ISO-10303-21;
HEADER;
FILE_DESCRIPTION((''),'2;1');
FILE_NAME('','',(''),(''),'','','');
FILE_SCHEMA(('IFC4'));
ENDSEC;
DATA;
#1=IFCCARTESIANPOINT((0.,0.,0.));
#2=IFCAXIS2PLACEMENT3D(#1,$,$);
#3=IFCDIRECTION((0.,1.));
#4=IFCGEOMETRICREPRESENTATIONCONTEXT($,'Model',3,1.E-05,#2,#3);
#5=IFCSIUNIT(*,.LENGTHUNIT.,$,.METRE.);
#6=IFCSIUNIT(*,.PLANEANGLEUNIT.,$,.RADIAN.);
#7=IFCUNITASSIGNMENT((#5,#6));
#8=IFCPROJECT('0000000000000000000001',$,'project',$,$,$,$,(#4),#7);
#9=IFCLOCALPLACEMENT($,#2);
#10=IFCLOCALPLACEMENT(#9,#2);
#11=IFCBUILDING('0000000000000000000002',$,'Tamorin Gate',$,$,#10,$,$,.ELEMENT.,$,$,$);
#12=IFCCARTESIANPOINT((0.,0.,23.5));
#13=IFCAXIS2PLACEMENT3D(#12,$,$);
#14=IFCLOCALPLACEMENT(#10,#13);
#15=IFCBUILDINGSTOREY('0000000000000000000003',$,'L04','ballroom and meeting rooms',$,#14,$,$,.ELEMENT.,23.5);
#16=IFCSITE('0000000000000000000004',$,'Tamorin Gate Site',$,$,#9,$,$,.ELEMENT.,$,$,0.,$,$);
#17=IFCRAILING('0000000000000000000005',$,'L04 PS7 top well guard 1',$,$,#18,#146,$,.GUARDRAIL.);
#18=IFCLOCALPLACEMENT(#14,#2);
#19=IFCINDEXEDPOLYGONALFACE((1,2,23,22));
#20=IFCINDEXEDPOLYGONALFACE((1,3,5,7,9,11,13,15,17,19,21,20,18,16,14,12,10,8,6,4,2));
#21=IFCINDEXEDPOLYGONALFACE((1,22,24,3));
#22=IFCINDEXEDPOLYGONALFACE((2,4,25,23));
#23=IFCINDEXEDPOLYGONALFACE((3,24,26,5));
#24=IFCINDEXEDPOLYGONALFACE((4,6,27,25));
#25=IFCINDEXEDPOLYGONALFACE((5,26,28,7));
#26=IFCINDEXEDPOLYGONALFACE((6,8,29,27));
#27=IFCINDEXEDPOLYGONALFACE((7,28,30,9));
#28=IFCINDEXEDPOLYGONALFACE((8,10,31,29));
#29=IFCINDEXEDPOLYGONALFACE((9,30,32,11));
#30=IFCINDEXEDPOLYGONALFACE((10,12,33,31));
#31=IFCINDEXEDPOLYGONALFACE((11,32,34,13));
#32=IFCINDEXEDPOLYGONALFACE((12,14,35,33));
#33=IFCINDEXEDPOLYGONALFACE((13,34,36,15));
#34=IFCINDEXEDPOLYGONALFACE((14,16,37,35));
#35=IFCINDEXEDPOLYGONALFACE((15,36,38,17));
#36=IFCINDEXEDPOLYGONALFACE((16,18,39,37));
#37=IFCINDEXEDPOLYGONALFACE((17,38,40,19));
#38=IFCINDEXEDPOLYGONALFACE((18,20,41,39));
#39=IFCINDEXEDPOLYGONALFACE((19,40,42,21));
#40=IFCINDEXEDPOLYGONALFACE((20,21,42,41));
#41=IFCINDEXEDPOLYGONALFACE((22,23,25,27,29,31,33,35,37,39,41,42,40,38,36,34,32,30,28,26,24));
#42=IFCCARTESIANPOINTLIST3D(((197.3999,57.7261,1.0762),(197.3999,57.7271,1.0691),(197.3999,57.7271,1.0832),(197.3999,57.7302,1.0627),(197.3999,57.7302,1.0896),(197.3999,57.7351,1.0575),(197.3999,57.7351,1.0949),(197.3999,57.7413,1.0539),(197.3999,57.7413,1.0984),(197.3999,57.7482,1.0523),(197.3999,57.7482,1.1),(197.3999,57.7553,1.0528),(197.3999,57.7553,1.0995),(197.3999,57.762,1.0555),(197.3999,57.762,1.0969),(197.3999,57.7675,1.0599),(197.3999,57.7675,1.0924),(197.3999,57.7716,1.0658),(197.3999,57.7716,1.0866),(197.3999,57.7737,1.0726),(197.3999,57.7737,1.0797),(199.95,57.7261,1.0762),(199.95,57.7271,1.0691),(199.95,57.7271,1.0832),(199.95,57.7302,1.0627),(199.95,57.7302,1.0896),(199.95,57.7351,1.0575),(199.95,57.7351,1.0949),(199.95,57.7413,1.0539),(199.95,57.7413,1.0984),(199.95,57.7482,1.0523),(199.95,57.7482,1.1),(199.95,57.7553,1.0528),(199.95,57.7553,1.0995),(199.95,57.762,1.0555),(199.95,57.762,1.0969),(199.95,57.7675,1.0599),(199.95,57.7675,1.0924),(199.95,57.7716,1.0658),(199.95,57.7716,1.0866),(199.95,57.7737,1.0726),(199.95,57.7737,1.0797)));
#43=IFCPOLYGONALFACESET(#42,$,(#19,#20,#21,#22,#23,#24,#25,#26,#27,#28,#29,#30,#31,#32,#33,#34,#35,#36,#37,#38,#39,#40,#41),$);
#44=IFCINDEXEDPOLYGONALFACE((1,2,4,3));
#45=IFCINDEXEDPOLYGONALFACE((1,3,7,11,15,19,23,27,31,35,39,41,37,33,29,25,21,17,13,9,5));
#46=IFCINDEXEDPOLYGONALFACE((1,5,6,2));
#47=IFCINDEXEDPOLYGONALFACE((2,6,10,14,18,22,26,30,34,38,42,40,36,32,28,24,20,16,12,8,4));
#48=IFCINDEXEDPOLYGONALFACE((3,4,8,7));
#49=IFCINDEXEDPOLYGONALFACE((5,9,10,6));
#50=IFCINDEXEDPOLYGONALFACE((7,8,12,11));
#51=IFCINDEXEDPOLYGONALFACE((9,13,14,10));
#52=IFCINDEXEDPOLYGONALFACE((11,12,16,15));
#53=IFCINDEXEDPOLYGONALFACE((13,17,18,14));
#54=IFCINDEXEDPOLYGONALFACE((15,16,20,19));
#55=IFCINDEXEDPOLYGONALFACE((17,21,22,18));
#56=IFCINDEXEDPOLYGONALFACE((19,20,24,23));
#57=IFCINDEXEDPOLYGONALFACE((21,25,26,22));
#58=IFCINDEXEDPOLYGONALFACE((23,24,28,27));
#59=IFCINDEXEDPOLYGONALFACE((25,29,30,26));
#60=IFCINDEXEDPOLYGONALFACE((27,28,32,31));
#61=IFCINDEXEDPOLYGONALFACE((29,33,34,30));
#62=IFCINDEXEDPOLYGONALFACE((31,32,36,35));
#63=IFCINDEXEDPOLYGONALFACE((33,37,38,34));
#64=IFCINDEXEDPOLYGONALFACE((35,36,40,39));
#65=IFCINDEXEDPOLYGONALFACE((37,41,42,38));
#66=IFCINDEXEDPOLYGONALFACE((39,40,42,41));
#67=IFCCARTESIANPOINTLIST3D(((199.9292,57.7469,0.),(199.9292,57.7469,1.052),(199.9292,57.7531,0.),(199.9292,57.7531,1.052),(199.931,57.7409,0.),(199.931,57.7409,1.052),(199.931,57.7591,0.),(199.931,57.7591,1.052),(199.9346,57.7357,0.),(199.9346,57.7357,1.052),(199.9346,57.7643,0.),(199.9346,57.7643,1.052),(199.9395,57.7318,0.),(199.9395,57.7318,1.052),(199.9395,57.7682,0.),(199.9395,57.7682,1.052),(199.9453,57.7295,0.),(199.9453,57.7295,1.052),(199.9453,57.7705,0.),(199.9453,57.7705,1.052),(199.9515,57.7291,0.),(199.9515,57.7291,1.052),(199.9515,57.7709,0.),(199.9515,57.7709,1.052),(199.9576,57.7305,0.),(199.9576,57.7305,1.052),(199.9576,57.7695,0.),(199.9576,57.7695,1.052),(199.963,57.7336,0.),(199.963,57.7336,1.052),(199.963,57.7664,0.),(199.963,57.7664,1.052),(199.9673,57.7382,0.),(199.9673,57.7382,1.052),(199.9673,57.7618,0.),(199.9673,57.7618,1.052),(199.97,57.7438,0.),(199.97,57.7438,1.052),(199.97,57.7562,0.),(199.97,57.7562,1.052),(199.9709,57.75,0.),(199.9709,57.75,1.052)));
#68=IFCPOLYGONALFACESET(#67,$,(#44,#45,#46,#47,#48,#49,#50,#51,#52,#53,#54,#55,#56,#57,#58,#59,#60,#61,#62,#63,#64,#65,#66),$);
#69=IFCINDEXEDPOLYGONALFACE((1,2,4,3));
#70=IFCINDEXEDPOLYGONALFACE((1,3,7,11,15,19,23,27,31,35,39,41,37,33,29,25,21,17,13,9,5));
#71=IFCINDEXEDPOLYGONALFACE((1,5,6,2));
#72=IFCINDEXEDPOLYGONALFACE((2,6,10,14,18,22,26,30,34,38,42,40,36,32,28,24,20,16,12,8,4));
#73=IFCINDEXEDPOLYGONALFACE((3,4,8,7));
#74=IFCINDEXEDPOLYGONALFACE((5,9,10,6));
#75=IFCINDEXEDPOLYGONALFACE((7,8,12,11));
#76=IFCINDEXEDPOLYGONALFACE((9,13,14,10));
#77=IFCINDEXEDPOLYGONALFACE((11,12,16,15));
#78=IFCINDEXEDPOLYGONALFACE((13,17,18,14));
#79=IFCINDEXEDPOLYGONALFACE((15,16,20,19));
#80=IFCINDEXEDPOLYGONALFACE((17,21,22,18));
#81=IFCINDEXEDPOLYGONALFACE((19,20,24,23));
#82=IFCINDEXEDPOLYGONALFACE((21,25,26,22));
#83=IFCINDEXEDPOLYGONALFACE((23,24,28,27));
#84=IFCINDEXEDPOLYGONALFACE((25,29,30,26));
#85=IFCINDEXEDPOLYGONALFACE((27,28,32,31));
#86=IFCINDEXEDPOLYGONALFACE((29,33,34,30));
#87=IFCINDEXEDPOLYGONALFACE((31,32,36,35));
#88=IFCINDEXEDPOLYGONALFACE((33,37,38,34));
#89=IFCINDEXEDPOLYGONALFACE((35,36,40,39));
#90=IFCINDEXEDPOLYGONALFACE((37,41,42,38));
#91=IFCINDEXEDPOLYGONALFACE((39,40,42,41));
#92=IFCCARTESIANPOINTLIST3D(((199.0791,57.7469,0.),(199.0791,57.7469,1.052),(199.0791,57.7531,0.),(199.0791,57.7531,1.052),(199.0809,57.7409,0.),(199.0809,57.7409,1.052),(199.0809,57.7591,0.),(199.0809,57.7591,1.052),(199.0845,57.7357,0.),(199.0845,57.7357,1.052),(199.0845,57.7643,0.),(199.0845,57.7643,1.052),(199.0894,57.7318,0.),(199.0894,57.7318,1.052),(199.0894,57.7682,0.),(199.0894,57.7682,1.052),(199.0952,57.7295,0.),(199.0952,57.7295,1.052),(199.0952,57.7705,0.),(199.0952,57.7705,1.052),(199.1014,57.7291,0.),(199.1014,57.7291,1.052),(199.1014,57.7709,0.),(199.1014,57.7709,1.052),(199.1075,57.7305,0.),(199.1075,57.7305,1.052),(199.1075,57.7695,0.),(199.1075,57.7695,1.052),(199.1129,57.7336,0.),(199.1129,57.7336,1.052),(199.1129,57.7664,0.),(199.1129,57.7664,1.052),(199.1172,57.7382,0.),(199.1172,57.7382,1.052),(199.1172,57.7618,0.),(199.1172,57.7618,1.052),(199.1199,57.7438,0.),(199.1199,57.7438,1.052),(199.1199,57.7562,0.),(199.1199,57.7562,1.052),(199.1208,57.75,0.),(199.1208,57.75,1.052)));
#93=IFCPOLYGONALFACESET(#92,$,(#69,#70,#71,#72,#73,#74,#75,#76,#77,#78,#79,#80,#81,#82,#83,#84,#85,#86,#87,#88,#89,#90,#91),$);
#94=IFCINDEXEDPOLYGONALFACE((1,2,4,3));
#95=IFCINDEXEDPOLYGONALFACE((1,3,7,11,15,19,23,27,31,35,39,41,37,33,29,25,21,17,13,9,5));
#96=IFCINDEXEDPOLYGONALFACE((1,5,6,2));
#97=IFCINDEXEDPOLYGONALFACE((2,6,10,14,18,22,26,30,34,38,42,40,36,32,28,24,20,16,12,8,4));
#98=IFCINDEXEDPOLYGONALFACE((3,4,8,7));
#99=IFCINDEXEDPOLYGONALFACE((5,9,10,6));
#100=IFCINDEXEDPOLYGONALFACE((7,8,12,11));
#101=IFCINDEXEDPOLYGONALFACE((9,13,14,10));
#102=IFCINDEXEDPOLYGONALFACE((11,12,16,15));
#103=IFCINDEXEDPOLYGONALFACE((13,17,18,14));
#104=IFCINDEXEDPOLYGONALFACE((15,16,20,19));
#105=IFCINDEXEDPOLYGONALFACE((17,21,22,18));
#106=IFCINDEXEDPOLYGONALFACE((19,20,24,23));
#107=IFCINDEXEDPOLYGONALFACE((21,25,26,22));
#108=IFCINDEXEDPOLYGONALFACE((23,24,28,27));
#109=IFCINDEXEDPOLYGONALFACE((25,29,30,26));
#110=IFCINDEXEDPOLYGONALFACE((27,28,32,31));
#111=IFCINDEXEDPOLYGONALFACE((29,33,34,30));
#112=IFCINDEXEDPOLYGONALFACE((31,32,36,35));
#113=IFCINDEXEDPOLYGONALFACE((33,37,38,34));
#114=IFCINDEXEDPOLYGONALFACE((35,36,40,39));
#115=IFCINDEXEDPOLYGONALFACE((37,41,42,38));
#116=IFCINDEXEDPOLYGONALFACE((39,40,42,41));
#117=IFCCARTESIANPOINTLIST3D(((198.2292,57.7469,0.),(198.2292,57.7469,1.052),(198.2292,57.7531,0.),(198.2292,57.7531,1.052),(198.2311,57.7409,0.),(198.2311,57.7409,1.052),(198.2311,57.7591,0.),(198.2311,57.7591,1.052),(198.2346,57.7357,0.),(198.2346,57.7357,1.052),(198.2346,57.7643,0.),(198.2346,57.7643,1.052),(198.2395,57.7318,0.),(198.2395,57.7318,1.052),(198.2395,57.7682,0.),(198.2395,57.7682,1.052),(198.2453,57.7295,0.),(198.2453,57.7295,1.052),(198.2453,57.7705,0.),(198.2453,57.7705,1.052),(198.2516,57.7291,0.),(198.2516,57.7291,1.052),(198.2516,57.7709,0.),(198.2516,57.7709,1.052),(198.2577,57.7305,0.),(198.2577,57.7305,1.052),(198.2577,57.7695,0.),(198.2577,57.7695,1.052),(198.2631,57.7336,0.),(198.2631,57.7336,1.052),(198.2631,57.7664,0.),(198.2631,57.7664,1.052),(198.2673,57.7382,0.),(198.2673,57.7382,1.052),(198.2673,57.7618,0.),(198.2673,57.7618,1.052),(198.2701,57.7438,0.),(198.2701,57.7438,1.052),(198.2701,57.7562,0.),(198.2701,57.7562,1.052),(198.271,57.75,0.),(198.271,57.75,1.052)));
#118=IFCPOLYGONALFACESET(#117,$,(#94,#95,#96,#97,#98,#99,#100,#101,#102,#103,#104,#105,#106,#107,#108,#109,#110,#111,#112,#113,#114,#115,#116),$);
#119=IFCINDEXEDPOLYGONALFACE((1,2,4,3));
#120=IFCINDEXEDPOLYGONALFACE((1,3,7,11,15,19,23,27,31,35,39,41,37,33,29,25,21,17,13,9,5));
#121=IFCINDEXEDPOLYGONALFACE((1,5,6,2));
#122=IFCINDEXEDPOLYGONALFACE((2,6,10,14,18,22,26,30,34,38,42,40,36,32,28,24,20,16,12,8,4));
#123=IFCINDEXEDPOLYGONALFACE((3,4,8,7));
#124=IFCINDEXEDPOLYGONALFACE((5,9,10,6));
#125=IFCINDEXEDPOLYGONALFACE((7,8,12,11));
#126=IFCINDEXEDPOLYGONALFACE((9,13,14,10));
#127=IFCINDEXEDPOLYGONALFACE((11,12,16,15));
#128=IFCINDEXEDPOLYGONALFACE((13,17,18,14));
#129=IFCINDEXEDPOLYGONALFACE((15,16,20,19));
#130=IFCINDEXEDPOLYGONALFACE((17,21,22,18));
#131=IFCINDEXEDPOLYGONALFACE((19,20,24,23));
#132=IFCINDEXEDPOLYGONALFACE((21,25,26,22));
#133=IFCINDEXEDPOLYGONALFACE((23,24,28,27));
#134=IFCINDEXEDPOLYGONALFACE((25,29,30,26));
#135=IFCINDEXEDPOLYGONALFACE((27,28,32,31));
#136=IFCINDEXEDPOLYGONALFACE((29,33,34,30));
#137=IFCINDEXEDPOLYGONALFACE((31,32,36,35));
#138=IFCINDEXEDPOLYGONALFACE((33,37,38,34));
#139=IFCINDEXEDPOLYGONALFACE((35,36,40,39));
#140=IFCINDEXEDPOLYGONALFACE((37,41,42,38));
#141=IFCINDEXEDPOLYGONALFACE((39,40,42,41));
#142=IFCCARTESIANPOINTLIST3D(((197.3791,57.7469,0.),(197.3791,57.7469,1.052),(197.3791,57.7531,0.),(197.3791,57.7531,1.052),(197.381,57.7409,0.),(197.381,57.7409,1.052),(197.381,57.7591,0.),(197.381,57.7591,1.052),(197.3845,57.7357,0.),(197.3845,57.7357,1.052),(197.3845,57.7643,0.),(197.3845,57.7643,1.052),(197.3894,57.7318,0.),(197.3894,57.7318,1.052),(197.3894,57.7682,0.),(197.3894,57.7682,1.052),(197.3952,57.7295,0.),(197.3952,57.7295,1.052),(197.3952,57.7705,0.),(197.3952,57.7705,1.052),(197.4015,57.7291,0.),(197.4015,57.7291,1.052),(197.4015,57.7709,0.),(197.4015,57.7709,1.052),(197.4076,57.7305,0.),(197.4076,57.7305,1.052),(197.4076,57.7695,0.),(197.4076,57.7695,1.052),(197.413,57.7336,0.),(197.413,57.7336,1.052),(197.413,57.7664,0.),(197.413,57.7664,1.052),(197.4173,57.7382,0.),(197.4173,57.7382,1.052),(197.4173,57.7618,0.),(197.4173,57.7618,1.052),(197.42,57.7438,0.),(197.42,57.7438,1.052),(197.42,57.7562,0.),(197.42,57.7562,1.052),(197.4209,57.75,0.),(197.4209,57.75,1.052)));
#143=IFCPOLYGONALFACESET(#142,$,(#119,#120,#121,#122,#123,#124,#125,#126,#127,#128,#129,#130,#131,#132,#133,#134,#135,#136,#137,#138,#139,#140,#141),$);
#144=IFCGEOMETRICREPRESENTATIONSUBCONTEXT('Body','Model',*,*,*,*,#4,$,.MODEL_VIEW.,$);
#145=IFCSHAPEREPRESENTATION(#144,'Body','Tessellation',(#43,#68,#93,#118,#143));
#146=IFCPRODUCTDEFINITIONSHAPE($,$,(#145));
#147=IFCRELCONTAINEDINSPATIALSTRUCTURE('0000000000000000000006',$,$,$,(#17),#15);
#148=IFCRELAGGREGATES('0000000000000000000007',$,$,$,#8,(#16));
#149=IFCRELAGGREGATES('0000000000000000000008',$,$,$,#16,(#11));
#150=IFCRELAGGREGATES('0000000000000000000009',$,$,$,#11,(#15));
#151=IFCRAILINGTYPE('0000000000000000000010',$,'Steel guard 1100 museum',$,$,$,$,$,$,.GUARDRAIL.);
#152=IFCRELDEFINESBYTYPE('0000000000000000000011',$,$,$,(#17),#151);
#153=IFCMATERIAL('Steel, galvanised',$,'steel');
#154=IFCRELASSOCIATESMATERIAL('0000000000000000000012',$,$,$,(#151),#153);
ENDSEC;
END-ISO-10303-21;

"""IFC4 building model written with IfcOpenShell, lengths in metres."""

from ifc_helpers import new_model, si_unit, direction, frame, origin, origin_2d, place, context, subcontext, project, spatial, circle, extrude, material, type_object, element, save


model = new_model("IFC4")

# Units and contexts
model_context = context("Model", 3, precision=1e-05, world=origin(), true_north=direction((0.0, 1.0)))
body_context = subcontext(model_context, "Body", "Model", "MODEL_VIEW")
ifc_project = project(units=[si_unit("LENGTHUNIT", "METRE"), si_unit("PLANEANGLEUNIT", "RADIAN")], contexts=[model_context])

# Site, building, storey
site_placement = place(None, origin())
site = spatial("IfcSite", under=ifc_project, at=site_placement, Name="Tamorin Gate Site", CompositionType="ELEMENT", RefElevation=0.0)
building_placement = place(site_placement, origin())
building = spatial("IfcBuilding", under=site, at=building_placement, Name="Tamorin Gate", CompositionType="ELEMENT")
storey_placement = place(building_placement, frame((0.0, 0.0, 23.5)))
storey = spatial("IfcBuildingStorey", under=building, at=storey_placement, Name="L04", Description="ballroom and meeting rooms", CompositionType="ELEMENT", Elevation=23.5)

# Railing
ifc_material_1 = material(Name="Steel, galvanised", Category="steel")
railing_type = type_object("IfcRailingType", Name="Steel guard 1100 museum", PredefinedType="GUARDRAIL", material=ifc_material_1)
railing_placement = place(storey_placement, frame((199.95, 57.75, 0.0)))
element("IfcRailing", 1, at=railing_placement, inside=storey, type_object=railing_type, Name="L04 PS7 top well guard 1", PredefinedType="GUARDRAIL", context=body_context, shape_type="SweptSolid", body=[
    extrude(circle(Radius=0.0239, at=origin_2d()), frame((0.0, 0.0, 1.0762), z_axis=(-1.0, 0.0, 0.0), x_axis=(0.0, -1.0, 0.0)), (0.0, 0.0, 1.0), 2.55),
    extrude(circle(Radius=0.021, at=origin_2d()), origin(), (0.0, 0.0, 1.0), 1.052),
    extrude(circle(Radius=0.021, at=origin_2d()), frame((-0.8501, 0.0, 0.0)), (0.0, 0.0, 1.0), 1.052),
    extrude(circle(Radius=0.021, at=origin_2d()), frame((-1.7, 0.0, 0.0)), (0.0, 0.0, 1.0), 1.052),
    extrude(circle(Radius=0.021, at=origin_2d()), frame((-2.55, 0.0, 0.0)), (0.0, 0.0, 1.0), 1.052),
])

save(model, "model.ifc")
